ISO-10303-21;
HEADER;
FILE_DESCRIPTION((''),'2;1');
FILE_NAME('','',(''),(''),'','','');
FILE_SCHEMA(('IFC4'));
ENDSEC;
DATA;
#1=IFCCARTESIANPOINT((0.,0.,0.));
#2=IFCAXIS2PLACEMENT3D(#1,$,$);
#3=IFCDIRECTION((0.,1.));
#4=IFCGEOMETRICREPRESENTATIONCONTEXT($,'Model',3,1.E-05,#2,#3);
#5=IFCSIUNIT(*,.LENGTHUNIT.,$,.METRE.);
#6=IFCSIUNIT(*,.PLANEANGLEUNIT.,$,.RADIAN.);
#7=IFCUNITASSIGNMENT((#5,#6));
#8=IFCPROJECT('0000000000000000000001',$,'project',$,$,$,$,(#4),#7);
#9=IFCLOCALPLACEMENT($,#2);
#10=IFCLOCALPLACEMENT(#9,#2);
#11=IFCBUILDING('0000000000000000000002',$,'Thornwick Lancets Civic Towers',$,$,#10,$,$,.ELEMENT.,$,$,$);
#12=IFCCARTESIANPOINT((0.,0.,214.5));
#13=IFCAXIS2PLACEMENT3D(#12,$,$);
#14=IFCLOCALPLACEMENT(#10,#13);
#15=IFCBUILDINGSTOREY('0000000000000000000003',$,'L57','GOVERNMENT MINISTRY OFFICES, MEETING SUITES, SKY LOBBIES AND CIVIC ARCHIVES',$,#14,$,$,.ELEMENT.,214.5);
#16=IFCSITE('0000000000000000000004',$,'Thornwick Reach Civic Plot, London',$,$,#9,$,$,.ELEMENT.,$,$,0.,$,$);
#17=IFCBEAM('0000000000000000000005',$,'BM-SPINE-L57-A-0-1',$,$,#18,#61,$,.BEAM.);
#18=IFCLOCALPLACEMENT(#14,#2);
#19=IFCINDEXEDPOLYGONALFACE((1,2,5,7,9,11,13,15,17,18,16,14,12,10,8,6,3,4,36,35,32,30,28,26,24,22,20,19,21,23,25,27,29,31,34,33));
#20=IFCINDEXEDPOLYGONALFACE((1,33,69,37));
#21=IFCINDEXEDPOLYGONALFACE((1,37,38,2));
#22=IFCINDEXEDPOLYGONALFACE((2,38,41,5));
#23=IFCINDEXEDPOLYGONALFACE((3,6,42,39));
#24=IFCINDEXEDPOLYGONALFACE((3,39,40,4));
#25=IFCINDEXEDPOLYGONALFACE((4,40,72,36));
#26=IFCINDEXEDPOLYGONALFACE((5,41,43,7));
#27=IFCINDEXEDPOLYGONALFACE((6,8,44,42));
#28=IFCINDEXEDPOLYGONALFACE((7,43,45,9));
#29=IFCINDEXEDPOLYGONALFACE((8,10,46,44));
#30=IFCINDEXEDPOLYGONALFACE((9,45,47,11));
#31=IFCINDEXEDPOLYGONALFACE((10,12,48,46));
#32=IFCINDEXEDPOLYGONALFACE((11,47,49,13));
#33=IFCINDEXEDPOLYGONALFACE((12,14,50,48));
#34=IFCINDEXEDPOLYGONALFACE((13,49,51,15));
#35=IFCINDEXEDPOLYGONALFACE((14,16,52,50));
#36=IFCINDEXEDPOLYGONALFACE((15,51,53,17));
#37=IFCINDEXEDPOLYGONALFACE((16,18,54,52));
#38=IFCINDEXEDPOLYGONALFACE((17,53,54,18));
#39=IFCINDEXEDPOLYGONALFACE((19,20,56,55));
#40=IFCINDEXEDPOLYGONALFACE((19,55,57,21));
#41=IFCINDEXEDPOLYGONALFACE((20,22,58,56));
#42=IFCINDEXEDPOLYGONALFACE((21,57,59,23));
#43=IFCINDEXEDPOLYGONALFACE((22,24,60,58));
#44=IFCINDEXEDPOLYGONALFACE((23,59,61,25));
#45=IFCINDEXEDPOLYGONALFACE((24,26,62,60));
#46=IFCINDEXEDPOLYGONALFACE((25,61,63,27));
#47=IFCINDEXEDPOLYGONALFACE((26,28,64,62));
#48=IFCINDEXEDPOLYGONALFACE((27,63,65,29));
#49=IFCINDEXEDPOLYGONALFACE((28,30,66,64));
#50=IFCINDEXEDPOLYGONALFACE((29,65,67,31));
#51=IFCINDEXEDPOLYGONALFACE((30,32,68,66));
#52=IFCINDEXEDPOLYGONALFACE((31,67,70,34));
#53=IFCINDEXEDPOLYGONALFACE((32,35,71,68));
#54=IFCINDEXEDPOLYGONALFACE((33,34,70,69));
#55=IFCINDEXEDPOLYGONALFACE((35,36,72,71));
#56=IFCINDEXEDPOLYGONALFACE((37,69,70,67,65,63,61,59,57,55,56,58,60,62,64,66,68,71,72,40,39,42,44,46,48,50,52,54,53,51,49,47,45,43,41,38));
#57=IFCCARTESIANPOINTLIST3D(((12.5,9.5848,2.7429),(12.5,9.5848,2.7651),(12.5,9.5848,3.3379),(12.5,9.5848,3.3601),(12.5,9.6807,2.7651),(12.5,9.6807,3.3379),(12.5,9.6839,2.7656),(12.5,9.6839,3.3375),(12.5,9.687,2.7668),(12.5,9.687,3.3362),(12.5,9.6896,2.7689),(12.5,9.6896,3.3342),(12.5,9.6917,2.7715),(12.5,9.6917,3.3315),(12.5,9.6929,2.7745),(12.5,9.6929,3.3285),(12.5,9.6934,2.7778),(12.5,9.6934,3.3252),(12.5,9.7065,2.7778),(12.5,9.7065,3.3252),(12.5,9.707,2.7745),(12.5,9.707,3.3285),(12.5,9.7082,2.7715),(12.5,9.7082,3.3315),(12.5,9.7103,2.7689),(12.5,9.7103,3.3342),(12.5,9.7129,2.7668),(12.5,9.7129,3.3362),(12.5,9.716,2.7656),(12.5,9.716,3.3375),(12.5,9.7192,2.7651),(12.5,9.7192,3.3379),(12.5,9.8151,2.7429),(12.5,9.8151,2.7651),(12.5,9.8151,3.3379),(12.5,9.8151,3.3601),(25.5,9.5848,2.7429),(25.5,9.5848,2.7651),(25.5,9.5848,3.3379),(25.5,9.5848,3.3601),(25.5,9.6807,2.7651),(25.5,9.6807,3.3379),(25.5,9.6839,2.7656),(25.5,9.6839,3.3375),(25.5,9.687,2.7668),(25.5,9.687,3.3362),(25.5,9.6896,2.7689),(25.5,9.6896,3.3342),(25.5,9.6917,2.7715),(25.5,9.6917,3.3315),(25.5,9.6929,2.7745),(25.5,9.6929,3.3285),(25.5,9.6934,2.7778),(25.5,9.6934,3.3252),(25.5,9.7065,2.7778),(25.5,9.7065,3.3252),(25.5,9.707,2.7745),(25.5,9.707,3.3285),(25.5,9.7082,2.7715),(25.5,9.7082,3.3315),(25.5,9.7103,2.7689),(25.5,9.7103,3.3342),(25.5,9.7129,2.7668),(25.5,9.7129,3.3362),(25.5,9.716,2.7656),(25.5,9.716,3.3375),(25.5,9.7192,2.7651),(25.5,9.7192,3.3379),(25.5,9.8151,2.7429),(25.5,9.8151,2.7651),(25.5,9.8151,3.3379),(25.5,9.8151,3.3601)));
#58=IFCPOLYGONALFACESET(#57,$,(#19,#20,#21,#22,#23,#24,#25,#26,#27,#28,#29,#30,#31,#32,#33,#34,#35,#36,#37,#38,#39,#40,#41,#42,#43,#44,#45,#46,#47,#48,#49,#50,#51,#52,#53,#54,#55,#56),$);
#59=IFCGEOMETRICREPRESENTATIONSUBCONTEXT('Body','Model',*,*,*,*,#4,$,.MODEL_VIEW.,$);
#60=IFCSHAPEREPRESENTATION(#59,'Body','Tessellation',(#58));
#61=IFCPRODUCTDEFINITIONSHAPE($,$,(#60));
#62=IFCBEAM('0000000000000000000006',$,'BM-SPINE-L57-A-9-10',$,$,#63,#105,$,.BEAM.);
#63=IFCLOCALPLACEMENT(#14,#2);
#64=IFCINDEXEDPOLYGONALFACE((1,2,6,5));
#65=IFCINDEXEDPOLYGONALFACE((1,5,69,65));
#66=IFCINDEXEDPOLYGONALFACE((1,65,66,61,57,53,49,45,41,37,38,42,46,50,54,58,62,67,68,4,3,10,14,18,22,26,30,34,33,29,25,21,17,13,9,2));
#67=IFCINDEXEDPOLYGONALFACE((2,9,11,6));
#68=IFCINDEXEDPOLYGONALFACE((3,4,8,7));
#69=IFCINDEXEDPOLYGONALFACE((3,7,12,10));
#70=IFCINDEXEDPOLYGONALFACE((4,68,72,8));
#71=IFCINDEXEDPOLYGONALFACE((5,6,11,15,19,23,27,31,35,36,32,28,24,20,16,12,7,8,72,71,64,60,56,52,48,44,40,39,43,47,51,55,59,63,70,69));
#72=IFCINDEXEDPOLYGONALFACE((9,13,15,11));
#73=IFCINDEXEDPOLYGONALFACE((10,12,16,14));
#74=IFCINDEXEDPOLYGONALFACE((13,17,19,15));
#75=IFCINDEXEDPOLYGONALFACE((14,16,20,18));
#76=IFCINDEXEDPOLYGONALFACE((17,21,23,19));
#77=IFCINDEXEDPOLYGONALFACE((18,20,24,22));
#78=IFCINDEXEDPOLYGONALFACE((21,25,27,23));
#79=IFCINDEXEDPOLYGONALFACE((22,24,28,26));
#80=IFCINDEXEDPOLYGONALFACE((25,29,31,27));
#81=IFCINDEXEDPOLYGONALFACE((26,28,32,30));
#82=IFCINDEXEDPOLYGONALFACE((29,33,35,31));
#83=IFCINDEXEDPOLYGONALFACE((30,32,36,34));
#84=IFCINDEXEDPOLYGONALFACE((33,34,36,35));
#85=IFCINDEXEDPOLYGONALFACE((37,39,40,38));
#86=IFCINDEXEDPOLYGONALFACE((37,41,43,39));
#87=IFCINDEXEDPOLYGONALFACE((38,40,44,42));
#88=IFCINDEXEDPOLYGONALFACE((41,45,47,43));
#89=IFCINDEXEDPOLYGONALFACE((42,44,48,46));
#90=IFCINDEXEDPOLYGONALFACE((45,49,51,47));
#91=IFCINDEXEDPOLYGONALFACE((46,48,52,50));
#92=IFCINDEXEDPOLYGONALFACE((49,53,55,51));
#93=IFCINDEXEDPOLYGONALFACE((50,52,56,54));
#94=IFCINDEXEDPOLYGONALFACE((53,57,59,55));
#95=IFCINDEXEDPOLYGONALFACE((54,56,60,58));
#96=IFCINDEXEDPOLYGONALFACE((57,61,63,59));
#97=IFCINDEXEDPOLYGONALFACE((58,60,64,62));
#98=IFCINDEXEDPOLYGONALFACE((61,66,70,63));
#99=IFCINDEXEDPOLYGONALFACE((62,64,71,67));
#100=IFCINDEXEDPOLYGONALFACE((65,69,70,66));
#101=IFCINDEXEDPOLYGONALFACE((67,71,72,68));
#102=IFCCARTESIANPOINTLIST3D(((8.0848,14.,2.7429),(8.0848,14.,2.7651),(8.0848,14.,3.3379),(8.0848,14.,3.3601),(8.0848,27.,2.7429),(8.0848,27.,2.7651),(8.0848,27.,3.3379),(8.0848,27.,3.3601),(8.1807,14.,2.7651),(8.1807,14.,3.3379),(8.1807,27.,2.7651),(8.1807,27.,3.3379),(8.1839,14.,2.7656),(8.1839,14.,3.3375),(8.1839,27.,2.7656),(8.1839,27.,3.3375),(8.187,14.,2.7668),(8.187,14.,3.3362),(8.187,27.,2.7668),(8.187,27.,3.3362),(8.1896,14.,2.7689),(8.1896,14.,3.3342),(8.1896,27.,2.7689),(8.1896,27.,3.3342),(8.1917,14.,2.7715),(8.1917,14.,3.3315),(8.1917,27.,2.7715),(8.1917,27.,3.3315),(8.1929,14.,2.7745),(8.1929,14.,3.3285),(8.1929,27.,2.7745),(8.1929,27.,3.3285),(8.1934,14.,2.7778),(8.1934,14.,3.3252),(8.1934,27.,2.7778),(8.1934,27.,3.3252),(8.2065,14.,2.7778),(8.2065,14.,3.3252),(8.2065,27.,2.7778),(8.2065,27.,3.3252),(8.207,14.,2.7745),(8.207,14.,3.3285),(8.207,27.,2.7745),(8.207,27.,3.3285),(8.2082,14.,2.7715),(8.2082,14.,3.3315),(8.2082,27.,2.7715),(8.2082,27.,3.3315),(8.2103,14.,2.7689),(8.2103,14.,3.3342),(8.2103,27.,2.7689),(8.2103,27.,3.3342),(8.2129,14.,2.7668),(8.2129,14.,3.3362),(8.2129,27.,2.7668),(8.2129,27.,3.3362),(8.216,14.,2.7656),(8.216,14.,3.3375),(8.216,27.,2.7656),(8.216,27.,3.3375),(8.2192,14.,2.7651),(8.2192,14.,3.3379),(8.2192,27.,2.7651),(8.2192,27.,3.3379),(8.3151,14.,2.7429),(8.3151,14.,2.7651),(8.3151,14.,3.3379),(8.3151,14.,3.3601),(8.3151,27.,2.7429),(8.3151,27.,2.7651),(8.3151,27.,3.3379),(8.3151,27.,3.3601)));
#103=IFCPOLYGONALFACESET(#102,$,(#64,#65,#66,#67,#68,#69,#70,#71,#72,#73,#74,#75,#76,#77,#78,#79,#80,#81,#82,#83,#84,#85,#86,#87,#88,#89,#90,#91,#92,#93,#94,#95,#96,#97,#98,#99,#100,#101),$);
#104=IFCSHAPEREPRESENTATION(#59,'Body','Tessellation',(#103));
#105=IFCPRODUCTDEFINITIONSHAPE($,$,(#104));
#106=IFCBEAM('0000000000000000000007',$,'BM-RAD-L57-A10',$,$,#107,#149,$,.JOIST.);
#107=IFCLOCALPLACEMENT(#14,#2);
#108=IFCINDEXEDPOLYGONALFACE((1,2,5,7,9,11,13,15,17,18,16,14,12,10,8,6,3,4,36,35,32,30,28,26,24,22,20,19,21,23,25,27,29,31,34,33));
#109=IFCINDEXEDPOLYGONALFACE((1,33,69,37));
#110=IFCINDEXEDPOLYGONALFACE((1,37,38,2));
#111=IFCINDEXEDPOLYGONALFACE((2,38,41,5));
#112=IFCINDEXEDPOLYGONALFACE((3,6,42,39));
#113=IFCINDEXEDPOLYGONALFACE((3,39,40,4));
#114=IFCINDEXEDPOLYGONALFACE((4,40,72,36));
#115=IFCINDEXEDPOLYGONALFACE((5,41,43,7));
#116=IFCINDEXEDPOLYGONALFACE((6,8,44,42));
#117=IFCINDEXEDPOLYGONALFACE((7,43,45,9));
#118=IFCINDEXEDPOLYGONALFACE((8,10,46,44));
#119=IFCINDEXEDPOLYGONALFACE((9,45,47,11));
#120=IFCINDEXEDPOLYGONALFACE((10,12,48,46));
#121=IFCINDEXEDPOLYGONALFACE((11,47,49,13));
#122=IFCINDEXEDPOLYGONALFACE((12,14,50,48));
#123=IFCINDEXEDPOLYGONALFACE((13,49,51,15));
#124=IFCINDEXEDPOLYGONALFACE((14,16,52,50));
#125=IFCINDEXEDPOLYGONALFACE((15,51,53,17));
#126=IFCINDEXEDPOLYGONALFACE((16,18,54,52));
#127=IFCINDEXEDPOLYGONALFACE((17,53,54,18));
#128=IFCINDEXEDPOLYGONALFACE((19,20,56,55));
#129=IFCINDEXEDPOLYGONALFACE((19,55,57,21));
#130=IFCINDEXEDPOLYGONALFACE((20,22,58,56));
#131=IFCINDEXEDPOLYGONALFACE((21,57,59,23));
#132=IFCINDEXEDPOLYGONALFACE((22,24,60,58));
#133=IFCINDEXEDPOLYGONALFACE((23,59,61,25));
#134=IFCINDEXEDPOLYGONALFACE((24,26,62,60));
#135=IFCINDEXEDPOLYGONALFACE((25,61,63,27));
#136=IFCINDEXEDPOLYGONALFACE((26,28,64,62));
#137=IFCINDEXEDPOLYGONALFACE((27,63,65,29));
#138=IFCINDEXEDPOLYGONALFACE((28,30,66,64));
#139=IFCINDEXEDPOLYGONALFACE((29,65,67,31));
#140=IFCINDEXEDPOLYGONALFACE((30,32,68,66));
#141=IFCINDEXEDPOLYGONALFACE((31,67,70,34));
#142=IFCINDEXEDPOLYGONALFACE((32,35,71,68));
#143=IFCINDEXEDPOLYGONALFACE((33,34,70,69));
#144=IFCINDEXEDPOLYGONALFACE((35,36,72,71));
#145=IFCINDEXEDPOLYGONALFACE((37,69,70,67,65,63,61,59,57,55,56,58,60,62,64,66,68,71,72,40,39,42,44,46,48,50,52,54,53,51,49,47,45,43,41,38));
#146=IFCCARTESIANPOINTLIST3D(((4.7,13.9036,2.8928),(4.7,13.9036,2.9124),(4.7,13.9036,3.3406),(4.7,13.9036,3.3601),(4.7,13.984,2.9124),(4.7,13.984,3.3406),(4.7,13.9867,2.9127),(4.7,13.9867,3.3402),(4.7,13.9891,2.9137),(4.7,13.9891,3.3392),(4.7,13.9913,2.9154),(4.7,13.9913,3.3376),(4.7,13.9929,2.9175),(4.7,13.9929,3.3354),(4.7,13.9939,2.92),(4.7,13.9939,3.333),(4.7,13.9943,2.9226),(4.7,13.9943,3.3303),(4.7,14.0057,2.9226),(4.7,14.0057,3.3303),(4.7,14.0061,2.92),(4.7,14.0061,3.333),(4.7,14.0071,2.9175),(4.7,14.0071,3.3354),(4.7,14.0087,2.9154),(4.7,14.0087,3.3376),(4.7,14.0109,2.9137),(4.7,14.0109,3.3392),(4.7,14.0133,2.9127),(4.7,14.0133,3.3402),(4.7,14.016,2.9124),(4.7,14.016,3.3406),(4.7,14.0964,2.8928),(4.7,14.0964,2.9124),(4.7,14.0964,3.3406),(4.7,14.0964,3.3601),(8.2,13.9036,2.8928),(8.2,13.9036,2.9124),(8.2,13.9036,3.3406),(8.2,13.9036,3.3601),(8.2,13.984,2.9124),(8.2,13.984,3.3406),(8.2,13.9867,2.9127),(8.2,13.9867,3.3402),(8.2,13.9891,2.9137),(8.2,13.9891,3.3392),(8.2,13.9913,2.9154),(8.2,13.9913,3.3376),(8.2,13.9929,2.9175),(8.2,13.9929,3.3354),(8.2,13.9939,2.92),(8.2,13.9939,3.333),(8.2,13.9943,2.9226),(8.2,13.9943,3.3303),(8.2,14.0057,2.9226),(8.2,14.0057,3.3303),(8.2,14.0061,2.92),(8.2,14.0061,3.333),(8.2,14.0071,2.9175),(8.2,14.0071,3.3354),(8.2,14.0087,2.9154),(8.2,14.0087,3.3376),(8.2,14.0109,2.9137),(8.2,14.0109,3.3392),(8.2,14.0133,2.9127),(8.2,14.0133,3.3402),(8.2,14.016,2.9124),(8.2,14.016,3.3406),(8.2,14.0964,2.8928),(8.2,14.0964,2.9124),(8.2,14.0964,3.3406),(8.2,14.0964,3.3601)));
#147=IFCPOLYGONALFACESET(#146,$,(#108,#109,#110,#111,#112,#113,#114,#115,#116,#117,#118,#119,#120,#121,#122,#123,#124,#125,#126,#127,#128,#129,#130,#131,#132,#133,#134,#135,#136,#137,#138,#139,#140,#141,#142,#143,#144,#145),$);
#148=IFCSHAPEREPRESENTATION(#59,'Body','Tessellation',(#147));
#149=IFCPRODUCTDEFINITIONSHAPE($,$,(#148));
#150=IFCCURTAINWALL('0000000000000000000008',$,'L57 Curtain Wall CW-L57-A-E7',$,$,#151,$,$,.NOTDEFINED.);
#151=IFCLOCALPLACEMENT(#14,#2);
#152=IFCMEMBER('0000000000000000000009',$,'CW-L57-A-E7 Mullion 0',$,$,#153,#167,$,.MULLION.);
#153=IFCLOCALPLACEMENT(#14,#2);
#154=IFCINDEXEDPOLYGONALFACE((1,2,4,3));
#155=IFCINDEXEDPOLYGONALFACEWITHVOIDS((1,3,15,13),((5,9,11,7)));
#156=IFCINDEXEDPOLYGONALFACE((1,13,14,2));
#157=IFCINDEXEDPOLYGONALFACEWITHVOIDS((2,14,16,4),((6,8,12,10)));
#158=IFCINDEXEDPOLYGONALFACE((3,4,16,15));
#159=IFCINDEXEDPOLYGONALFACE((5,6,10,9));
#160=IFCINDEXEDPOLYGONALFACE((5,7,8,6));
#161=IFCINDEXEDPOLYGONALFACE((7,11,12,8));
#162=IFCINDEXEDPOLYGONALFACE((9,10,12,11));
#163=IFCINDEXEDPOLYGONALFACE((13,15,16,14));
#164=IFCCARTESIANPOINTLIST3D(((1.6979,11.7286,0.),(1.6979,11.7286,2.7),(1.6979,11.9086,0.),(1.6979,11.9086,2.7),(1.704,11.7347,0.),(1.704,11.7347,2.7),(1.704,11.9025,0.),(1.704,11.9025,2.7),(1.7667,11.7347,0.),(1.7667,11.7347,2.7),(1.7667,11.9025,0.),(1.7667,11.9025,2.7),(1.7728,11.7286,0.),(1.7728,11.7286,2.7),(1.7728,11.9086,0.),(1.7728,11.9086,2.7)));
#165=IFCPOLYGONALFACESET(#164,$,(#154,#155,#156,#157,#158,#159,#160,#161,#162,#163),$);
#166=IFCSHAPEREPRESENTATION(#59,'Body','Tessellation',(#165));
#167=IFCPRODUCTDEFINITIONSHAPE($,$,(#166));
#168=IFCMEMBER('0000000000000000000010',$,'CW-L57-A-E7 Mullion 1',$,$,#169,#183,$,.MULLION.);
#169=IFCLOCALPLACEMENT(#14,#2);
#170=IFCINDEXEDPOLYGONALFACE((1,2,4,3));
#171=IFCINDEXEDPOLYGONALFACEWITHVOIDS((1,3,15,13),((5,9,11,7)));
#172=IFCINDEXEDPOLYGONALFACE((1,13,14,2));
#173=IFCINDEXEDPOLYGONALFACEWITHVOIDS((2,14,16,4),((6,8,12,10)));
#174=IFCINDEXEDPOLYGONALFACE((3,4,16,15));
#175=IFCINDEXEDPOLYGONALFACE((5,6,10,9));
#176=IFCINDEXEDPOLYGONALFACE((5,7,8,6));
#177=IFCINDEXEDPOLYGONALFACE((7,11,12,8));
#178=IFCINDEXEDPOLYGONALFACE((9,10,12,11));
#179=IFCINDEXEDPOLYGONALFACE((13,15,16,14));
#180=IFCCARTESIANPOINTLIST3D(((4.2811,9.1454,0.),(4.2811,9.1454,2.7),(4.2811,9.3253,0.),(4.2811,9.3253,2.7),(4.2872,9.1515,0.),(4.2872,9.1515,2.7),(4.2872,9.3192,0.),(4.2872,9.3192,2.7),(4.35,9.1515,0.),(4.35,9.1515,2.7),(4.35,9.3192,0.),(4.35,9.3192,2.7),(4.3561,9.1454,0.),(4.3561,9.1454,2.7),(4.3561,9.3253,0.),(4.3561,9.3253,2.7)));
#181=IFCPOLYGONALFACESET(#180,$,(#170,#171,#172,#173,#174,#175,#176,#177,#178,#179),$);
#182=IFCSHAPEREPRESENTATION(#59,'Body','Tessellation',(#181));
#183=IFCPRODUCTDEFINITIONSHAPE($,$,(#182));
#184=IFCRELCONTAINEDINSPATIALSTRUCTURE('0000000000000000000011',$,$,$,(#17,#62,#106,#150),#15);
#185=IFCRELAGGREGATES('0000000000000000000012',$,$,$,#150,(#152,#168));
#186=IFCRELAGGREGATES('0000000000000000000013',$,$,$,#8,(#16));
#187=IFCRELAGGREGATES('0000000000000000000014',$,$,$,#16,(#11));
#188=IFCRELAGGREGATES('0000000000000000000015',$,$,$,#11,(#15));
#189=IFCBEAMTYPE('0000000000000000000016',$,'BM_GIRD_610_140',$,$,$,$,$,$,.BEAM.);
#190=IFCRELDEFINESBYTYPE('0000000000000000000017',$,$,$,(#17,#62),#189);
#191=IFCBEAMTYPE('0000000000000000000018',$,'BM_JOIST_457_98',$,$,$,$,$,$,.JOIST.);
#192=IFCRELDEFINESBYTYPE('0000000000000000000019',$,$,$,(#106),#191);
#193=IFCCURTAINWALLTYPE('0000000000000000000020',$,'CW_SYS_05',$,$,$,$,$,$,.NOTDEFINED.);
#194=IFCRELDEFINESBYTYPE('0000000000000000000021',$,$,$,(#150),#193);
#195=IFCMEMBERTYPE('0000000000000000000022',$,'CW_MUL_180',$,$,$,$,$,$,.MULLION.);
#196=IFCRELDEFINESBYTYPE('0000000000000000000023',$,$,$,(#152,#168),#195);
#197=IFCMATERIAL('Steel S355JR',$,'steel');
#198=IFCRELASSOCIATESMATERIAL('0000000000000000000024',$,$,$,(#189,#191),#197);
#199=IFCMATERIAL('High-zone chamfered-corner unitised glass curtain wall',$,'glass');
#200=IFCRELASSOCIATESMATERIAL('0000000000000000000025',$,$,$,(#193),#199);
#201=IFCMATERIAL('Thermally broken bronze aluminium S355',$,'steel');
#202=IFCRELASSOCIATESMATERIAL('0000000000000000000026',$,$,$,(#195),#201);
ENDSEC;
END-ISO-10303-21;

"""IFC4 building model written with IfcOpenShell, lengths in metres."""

from ifc_helpers import new_model, si_unit, direction, frame, origin, origin_2d, place, context, subcontext, project, spatial, hollow_rectangle, i_section, extrude, material, material_profile, profile_set, type_object, element, aggregate, save


model = new_model("IFC4")

# Units and contexts
model_context = context("Model", 3, precision=1e-05, world=origin(), true_north=direction((0.0, 1.0)))
body_context = subcontext(model_context, "Body", "Model", "MODEL_VIEW")
ifc_project = project(units=[si_unit("LENGTHUNIT", "METRE"), si_unit("PLANEANGLEUNIT", "RADIAN")], contexts=[model_context])

# Site, building, storey
site_placement = place(None, origin())
site = spatial("IfcSite", under=ifc_project, at=site_placement, Name="Thornwick Reach Civic Plot, London", CompositionType="ELEMENT", RefElevation=0.0)
building_placement = place(site_placement, origin())
building = spatial("IfcBuilding", under=site, at=building_placement, Name="Thornwick Lancets Civic Towers", CompositionType="ELEMENT")
storey_placement = place(building_placement, frame((0.0, 0.0, 214.5)))
storey = spatial("IfcBuildingStorey", under=building, at=storey_placement, Name="L57", Description="GOVERNMENT MINISTRY OFFICES, MEETING SUITES, SKY LOBBIES AND CIVIC ARCHIVES", CompositionType="ELEMENT", Elevation=214.5)

# Shared definitions
ifc_material_1 = material(Name="Steel S355JR", Category="steel")

# Beams
ifc_material_profile_1 = material_profile(ifc_material_1, i_section(OverallWidth=0.2302, OverallDepth=0.6172, WebThickness=0.0132, FlangeThickness=0.0222, FilletRadius=0.0127, at=origin_2d()), Name="UKB 610x229x140")
ifc_profile_set_1 = profile_set([ifc_material_profile_1], Name="Steel S355JR")
beam_type_1 = type_object("IfcBeamType", Name="BM_GIRD_610_140", PredefinedType="BEAM", material=ifc_profile_set_1)
for number, where, z_axis, x_axis, name in (
    (1, (12.5, 9.7, 3.0515), (1.0, 0.0, 0.0), (0.0, 1.0, 0.0), "BM-SPINE-L57-A-0-1"),
    (2, (8.2, 14.0, 3.0515), (0.0, 1.0, 0.0), (-1.0, 0.0, 0.0), "BM-SPINE-L57-A-9-10"),
):
    element("IfcBeam", number, at=place(storey_placement, frame(where, z_axis=z_axis, x_axis=x_axis)), inside=storey, type_object=beam_type_1, Name=name, PredefinedType="BEAM", context=body_context, shape_type="SweptSolid", body=[
        extrude(i_section(OverallWidth=0.2302, OverallDepth=0.6172, WebThickness=0.0132, FlangeThickness=0.0222, FilletRadius=0.0127, at=origin_2d()), origin(), (0.0, 0.0, 1.0), 13.0),
    ])
ifc_material_profile_2 = material_profile(ifc_material_1, i_section(OverallWidth=0.1929, OverallDepth=0.4673, WebThickness=0.0115, FlangeThickness=0.0195, FilletRadius=0.0103, at=origin_2d()), Name="UKB 457x191x98")
ifc_profile_set_2 = profile_set([ifc_material_profile_2], Name="Steel S355JR")
beam_type_2 = type_object("IfcBeamType", Name="BM_JOIST_457_98", PredefinedType="JOIST", material=ifc_profile_set_2)
beam_1_placement = place(storey_placement, frame((8.2, 14.0, 3.1265), z_axis=(-1.0, 0.0, 0.0), x_axis=(0.0, -1.0, 0.0)))
element("IfcBeam", 3, at=beam_1_placement, inside=storey, type_object=beam_type_2, Name="BM-RAD-L57-A10", PredefinedType="JOIST", context=body_context, shape_type="SweptSolid", body=[
    extrude(i_section(OverallWidth=0.1929, OverallDepth=0.4673, WebThickness=0.0115, FlangeThickness=0.0195, FilletRadius=0.0103, at=origin_2d()), origin(), (0.0, 0.0, 1.0), 3.5),
])

# Curtain wall, members
ifc_material_2 = material(Name="High-zone chamfered-corner unitised glass curtain wall", Category="glass")
curtain_wall_type = type_object("IfcCurtainWallType", Name="CW_SYS_05", PredefinedType="NOTDEFINED", material=ifc_material_2)
curtain_wall_placement = place(storey_placement, origin())
curtain_wall = element("IfcCurtainWall", 4, at=curtain_wall_placement, inside=storey, type_object=curtain_wall_type, Name="L57 Curtain Wall CW-L57-A-E7", PredefinedType="NOTDEFINED")
ifc_material_3 = material(Name="Thermally broken bronze aluminium S355", Category="steel")
ifc_material_profile_3 = material_profile(ifc_material_3, hollow_rectangle(XDim=0.075, YDim=0.1799, WallThickness=0.0061, at=origin_2d()), Name="RHS 180x75x6")
ifc_profile_set_3 = profile_set([ifc_material_profile_3], Name="Thermally broken bronze aluminium S355")
member_type_1 = type_object("IfcMemberType", Name="CW_MUL_180", PredefinedType="MULLION", material=ifc_profile_set_3)
member_1_placement = place(storey_placement, frame((1.7354, 11.8186, 0.0), z_axis=(0.0, 0.0, 1.0), x_axis=(1.0, 0.0, 0.0)))
member_1 = element("IfcMember", 5, at=member_1_placement, type_object=member_type_1, Name="CW-L57-A-E7 Mullion 0", PredefinedType="MULLION", context=body_context, shape_type="SweptSolid", body=[
    extrude(hollow_rectangle(XDim=0.075, YDim=0.1799, WallThickness=0.0061, at=origin_2d()), origin(), (0.0, 0.0, 1.0), 2.7),
])
member_2_placement = place(storey_placement, frame((4.3186, 9.2354, 0.0), z_axis=(0.0, 0.0, 1.0), x_axis=(1.0, 0.0, 0.0)))
member_2 = element("IfcMember", 6, at=member_2_placement, type_object=member_type_1, Name="CW-L57-A-E7 Mullion 1", PredefinedType="MULLION", context=body_context, shape_type="SweptSolid", body=[
    extrude(hollow_rectangle(XDim=0.075, YDim=0.1799, WallThickness=0.0061, at=origin_2d()), origin(), (0.0, 0.0, 1.0), 2.7),
])
aggregate(curtain_wall, [member_1, member_2])

save(model, "model.ifc")
